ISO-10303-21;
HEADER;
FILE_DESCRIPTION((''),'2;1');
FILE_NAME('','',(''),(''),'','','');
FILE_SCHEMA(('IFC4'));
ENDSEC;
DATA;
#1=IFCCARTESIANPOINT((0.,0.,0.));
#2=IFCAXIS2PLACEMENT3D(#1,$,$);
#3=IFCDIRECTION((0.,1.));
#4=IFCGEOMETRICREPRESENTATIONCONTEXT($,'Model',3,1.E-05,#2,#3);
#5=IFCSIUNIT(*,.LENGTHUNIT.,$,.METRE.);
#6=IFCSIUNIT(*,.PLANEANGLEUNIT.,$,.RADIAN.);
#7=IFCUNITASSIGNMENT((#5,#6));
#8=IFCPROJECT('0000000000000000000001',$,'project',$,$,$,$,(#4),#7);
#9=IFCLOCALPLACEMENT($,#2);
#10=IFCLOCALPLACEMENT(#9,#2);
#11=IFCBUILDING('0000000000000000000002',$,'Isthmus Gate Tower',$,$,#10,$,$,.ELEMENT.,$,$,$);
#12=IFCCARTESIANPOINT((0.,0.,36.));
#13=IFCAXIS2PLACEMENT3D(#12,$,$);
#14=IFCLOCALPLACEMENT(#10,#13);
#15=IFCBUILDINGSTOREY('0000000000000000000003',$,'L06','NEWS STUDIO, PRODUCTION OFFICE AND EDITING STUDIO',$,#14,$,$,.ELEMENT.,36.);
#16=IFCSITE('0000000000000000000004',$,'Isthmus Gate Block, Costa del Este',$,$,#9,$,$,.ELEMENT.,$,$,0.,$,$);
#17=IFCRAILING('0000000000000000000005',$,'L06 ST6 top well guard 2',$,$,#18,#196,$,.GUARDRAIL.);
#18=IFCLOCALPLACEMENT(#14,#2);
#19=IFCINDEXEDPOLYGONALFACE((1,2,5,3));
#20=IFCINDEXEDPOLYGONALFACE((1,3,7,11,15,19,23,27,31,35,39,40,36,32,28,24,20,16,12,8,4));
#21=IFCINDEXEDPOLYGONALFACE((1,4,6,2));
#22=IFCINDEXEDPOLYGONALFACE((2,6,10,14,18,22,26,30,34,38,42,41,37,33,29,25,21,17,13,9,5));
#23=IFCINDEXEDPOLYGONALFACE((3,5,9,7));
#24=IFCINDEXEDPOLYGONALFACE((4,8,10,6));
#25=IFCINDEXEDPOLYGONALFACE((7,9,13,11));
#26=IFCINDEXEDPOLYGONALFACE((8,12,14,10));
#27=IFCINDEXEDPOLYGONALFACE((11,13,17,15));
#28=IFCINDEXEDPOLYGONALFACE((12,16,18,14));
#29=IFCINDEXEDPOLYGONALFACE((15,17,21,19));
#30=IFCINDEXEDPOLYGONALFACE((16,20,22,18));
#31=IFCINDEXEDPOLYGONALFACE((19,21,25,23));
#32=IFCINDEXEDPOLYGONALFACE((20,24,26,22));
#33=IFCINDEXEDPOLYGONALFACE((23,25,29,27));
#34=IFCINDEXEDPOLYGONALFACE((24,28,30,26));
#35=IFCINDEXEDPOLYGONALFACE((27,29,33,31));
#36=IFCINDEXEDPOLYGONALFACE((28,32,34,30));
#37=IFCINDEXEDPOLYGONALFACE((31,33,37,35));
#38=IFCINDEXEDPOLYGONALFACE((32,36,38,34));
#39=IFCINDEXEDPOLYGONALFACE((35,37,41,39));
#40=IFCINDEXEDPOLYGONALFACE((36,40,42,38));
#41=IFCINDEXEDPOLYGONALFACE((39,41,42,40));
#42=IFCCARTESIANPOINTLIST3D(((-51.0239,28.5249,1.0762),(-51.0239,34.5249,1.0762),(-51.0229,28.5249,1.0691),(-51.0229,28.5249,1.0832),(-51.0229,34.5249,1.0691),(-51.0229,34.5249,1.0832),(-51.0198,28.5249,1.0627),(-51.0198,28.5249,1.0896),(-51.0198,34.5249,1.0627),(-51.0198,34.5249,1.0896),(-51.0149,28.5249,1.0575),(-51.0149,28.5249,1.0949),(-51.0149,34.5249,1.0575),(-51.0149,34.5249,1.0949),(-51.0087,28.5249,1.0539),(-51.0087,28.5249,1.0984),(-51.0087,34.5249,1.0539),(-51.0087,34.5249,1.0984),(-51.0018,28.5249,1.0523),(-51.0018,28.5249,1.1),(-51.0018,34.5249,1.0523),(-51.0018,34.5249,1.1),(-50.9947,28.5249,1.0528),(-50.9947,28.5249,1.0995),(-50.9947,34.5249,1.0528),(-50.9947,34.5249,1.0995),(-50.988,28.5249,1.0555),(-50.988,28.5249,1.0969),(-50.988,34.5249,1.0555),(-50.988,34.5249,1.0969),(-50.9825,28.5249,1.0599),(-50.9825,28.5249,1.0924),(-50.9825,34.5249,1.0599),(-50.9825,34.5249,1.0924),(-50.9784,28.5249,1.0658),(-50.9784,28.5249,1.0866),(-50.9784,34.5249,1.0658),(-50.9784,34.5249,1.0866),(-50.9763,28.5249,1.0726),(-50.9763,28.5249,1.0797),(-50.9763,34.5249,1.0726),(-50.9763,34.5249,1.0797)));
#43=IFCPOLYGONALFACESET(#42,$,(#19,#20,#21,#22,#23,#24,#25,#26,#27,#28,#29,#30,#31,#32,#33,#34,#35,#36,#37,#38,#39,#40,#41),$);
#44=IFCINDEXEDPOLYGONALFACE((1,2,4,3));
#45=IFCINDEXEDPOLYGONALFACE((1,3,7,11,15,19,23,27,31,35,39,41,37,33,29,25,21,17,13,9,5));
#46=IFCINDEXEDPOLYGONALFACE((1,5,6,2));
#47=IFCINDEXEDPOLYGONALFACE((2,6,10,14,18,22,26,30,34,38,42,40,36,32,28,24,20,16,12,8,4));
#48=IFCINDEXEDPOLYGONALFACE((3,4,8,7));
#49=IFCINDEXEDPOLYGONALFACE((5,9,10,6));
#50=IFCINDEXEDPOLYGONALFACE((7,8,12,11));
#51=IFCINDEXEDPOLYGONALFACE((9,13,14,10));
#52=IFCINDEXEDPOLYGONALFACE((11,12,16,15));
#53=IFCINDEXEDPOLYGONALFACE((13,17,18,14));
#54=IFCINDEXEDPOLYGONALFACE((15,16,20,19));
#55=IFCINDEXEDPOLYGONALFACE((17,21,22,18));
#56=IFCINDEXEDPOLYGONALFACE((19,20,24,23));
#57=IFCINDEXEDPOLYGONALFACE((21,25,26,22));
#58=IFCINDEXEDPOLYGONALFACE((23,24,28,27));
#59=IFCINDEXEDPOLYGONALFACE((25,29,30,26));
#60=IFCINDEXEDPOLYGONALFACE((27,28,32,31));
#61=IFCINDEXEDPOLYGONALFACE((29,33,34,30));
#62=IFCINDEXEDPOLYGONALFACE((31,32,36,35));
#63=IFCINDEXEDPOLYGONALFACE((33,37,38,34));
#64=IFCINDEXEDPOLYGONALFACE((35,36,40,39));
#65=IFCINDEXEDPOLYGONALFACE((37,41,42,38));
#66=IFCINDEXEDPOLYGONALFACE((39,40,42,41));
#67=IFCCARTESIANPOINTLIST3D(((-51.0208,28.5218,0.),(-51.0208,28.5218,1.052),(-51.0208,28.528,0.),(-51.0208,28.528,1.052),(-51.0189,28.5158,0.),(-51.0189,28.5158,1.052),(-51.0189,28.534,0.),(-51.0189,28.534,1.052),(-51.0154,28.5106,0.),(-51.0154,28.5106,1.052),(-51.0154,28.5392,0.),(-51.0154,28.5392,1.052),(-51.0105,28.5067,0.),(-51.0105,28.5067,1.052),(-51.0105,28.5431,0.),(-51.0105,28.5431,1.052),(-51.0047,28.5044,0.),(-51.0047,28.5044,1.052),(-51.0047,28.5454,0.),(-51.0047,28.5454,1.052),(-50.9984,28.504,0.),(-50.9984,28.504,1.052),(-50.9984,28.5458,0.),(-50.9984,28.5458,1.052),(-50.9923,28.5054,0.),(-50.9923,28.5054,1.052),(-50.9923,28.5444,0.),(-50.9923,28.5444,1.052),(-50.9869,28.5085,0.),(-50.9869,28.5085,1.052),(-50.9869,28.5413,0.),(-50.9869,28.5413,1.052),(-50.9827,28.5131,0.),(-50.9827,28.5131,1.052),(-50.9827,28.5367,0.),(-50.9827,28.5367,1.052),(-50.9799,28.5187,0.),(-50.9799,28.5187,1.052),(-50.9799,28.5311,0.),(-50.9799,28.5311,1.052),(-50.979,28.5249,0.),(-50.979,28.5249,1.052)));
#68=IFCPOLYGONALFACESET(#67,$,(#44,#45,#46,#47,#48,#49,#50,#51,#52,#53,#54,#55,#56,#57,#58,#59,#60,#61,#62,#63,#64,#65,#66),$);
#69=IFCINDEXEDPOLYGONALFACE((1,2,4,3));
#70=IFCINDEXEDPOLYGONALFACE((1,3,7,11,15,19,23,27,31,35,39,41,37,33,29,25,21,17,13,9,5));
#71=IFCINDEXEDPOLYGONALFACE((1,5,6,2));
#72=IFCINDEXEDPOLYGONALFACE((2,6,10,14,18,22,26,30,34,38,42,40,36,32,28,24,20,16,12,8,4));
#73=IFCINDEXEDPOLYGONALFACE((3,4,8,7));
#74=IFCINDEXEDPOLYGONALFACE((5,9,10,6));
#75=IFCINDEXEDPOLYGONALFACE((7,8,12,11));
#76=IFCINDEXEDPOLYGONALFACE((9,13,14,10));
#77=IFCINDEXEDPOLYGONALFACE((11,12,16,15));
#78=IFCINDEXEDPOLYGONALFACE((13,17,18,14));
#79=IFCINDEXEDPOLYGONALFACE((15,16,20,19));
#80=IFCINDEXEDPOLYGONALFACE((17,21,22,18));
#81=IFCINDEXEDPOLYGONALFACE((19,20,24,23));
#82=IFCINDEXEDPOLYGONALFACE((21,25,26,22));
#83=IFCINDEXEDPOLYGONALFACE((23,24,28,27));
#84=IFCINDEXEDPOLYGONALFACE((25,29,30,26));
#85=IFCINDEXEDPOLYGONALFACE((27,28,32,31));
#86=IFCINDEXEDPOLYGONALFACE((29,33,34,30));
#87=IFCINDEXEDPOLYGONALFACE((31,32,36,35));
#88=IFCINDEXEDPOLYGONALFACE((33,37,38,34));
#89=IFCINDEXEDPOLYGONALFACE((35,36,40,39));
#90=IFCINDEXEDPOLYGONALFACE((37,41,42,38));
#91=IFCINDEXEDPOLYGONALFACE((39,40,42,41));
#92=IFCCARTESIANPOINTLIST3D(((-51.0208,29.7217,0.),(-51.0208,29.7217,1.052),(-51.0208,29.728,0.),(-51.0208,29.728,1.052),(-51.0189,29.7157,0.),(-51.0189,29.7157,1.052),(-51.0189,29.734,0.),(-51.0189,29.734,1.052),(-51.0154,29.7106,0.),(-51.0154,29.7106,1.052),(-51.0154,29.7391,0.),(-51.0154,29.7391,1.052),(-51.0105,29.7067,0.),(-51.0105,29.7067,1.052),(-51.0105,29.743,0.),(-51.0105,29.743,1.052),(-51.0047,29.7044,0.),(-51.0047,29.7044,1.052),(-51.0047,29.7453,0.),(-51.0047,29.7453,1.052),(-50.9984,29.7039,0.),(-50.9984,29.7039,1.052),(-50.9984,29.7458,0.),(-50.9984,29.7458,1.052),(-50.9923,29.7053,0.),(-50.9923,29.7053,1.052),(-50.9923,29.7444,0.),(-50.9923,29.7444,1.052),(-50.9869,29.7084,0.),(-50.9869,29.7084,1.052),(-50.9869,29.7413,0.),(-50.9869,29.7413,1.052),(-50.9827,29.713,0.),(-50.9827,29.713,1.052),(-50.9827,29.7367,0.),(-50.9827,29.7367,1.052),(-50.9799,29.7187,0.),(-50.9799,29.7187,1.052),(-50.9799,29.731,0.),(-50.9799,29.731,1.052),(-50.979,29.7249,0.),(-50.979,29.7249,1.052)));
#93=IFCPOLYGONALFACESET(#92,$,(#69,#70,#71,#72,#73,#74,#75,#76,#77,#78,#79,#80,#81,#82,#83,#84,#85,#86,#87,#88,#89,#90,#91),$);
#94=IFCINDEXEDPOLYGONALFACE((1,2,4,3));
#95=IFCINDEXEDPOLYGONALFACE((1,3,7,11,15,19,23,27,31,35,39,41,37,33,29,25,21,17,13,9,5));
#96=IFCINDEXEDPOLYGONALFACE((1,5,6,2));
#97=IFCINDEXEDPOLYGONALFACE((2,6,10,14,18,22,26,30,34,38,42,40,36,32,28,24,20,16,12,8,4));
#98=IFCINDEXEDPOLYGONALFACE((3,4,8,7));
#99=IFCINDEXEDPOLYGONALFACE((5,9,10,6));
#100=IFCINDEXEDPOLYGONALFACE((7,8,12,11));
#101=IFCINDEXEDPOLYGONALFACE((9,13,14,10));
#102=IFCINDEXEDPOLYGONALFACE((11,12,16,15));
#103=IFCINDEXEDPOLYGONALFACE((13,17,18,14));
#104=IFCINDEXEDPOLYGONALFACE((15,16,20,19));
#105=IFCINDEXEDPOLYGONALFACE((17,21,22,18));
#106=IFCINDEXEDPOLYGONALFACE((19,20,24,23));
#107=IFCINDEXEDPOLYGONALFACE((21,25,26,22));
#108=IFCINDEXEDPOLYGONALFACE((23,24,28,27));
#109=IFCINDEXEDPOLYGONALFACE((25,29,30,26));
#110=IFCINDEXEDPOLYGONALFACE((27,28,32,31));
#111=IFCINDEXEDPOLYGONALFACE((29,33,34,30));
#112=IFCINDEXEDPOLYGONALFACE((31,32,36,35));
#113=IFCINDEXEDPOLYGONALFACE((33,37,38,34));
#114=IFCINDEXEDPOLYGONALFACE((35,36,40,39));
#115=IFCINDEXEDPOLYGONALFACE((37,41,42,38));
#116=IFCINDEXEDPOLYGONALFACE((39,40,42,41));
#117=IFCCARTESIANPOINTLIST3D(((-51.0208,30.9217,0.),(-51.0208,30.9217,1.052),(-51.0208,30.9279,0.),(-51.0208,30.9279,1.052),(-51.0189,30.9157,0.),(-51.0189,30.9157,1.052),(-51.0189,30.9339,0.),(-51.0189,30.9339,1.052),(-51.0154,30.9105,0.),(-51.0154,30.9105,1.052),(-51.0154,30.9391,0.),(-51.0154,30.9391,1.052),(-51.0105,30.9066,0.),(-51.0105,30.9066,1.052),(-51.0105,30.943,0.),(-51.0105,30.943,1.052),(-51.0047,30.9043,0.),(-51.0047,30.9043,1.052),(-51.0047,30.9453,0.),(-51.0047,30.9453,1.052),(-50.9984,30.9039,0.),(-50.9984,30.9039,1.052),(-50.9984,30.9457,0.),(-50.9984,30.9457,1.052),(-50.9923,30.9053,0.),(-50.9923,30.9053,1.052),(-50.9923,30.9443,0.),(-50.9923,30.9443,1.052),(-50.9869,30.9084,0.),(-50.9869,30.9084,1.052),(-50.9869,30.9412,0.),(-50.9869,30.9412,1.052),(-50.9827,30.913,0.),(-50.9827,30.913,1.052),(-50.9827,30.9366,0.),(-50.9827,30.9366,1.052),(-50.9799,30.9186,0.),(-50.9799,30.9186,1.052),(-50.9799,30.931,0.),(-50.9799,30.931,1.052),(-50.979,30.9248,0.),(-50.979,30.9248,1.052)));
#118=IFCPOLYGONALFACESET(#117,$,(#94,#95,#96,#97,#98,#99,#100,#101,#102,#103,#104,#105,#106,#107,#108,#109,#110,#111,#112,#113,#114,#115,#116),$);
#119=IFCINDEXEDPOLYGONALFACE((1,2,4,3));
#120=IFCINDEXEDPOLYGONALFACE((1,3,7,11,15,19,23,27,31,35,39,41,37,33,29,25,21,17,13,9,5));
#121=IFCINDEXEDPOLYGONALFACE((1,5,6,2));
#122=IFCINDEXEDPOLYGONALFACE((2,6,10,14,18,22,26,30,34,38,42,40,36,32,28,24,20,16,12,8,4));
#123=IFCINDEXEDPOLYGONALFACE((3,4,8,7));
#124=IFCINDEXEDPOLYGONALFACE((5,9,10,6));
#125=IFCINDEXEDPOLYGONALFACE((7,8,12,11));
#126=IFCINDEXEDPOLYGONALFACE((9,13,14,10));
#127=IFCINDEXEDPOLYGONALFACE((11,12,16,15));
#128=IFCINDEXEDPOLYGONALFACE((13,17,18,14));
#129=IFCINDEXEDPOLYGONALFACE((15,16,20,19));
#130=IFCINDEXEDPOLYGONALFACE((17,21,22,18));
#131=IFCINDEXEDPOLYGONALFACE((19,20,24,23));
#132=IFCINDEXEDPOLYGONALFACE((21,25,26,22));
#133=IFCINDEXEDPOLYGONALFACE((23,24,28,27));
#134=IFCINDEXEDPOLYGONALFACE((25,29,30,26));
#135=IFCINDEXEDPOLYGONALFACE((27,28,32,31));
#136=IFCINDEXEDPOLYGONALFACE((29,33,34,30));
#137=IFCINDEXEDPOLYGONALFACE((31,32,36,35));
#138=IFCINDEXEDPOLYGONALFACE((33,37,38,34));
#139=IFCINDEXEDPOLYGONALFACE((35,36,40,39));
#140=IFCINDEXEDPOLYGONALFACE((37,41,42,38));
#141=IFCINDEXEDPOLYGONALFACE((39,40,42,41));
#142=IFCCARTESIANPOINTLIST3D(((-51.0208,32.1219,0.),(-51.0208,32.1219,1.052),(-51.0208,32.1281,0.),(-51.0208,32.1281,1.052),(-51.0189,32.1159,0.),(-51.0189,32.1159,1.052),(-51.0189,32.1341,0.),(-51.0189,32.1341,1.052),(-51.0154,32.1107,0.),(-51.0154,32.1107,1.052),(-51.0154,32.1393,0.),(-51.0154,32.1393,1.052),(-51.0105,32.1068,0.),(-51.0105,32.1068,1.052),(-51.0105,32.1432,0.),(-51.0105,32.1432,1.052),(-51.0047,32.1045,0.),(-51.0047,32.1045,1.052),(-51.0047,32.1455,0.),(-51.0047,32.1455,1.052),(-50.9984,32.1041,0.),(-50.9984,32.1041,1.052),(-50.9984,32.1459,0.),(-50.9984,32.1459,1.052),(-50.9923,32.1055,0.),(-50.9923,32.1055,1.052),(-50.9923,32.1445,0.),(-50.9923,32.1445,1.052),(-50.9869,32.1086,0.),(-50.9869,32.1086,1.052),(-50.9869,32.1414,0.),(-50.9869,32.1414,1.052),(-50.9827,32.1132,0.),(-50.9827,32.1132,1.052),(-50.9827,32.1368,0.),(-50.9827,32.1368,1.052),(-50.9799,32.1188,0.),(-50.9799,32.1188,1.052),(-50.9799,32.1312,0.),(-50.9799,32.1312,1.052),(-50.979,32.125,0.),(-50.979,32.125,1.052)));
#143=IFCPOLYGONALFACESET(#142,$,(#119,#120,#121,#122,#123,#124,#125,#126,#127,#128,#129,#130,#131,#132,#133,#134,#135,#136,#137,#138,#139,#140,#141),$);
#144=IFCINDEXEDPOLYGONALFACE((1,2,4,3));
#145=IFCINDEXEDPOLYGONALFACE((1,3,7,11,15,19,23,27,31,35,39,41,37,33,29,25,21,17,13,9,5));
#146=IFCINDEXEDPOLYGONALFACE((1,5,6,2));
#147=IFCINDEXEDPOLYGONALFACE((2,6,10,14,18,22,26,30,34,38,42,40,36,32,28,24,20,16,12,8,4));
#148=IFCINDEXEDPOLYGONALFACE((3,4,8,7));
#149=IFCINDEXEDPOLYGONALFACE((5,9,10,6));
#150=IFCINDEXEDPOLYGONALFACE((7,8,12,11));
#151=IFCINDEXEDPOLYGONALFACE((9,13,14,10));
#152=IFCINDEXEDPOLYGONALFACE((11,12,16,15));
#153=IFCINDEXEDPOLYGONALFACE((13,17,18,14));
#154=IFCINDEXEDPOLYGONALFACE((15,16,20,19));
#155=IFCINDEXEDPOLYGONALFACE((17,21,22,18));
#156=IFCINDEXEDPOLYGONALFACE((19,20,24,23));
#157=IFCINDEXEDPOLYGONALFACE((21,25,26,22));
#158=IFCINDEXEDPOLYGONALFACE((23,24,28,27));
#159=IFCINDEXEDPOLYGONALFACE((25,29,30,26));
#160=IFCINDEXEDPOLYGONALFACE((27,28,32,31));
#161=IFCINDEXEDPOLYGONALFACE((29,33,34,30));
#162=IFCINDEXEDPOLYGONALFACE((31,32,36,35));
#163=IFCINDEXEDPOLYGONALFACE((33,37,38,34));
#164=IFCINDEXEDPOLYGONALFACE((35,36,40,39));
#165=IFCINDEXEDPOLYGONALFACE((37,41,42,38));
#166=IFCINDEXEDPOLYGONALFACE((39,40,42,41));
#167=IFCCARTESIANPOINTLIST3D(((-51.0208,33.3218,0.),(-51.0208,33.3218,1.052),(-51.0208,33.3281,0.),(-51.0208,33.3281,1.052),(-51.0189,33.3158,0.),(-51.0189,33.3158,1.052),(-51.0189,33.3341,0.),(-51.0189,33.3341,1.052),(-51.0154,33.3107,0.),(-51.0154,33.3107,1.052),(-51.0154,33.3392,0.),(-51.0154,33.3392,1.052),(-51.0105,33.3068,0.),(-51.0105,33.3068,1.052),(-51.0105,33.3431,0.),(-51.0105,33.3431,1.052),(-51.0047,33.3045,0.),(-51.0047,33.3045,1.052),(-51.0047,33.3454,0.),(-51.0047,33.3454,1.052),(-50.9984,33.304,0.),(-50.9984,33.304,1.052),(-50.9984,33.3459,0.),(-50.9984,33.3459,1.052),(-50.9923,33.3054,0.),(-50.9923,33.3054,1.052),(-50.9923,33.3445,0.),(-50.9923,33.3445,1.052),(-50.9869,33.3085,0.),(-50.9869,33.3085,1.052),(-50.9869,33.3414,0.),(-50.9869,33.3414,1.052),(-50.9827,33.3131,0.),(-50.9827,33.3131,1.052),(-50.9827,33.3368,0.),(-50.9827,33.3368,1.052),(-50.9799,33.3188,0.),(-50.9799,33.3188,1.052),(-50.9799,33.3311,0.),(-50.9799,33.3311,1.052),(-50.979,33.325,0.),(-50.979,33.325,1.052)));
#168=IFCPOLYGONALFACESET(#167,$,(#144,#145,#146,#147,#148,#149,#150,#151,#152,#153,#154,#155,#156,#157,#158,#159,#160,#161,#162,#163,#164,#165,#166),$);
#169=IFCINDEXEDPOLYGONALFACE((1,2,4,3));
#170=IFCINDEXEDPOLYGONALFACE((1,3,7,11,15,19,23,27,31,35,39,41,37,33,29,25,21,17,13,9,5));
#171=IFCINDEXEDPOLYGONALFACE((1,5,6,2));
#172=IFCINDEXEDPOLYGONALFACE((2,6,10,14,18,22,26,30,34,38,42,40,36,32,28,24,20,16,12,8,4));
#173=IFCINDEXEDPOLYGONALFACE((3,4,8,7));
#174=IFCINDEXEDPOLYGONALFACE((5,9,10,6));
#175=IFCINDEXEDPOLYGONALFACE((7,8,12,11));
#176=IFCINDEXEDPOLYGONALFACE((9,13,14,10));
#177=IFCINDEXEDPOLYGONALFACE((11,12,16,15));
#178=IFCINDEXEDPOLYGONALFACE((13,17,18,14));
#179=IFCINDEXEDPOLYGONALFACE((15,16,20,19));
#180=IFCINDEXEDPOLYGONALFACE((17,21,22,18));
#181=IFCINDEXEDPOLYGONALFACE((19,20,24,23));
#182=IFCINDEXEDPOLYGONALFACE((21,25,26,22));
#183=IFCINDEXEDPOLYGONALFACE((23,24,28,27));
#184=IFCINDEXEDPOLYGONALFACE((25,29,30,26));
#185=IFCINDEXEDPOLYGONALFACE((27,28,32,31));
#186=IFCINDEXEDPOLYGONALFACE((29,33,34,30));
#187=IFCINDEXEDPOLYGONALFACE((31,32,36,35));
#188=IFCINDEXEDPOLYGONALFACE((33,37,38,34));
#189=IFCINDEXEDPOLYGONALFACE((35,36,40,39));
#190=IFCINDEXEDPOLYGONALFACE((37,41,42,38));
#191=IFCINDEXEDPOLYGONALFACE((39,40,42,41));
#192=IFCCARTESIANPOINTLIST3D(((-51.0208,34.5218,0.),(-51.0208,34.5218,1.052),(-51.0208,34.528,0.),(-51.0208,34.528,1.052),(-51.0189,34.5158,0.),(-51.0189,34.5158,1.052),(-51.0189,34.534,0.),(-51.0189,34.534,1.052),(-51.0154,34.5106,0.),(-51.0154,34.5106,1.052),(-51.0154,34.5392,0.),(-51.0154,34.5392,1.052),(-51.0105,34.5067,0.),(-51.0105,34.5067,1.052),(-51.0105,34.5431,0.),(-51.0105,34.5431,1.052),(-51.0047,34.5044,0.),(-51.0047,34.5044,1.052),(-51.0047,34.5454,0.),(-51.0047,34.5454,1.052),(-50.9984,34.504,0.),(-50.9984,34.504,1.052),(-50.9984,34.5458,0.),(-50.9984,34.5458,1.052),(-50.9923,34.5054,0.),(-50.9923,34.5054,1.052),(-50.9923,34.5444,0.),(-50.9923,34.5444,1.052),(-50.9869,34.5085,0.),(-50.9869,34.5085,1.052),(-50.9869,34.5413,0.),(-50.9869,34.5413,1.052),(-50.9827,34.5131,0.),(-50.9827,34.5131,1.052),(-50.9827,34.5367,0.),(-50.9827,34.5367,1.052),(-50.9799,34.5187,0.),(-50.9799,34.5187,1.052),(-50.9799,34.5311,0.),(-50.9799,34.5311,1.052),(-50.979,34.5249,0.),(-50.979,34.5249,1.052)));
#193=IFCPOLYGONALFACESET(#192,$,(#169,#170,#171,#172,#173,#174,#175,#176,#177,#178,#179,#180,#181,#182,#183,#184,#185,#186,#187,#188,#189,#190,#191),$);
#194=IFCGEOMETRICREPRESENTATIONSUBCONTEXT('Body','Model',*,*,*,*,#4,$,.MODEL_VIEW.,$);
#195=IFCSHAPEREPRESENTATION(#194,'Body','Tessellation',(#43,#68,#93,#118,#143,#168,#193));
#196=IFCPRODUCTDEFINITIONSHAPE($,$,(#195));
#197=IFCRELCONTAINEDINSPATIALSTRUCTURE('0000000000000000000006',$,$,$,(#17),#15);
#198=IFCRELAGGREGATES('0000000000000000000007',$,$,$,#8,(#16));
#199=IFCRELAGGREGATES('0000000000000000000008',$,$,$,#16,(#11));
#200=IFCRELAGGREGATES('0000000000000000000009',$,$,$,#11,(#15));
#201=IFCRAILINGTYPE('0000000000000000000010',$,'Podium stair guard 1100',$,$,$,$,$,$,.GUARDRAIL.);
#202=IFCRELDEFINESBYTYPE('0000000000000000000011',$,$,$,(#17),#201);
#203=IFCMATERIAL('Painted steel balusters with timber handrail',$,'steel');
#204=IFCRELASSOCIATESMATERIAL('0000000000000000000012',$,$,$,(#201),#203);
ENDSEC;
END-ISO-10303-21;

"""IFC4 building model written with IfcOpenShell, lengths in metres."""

from ifc_helpers import new_model, si_unit, direction, frame, origin, origin_2d, place, context, subcontext, project, spatial, circle, extrude, material, type_object, element, save


model = new_model("IFC4")

# Units and contexts
model_context = context("Model", 3, precision=1e-05, world=origin(), true_north=direction((0.0, 1.0)))
body_context = subcontext(model_context, "Body", "Model", "MODEL_VIEW")
ifc_project = project(units=[si_unit("LENGTHUNIT", "METRE"), si_unit("PLANEANGLEUNIT", "RADIAN")], contexts=[model_context])

# Site, building, storey
site_placement = place(None, origin())
site = spatial("IfcSite", under=ifc_project, at=site_placement, Name="Isthmus Gate Block, Costa del Este", CompositionType="ELEMENT", RefElevation=0.0)
building_placement = place(site_placement, origin())
building = spatial("IfcBuilding", under=site, at=building_placement, Name="Isthmus Gate Tower", CompositionType="ELEMENT")
storey_placement = place(building_placement, frame((0.0, 0.0, 36.0)))
storey = spatial("IfcBuildingStorey", under=building, at=storey_placement, Name="L06", Description="NEWS STUDIO, PRODUCTION OFFICE AND EDITING STUDIO", CompositionType="ELEMENT", Elevation=36.0)

# Railing
ifc_material_1 = material(Name="Painted steel balusters with timber handrail", Category="steel")
railing_type_1 = type_object("IfcRailingType", Name="Podium stair guard 1100", PredefinedType="GUARDRAIL", material=ifc_material_1)
railing_1_placement = place(storey_placement, frame((-51.0, 28.5249, 0.0)))
element("IfcRailing", 1, at=railing_1_placement, inside=storey, type_object=railing_type_1, Name="L06 ST6 top well guard 2", PredefinedType="GUARDRAIL", context=body_context, shape_type="SweptSolid", body=[
    extrude(circle(Radius=0.0239, at=origin_2d()), frame((0.0, 0.0, 1.0762), z_axis=(0.0, 1.0, 0.0), x_axis=(-1.0, 0.0, 0.0)), (0.0, 0.0, 1.0), 6.0),
    extrude(circle(Radius=0.021, at=origin_2d()), origin(), (0.0, 0.0, 1.0), 1.052),
    extrude(circle(Radius=0.021, at=origin_2d()), frame((0.0, 1.2, 0.0)), (0.0, 0.0, 1.0), 1.052),
    extrude(circle(Radius=0.021, at=origin_2d()), frame((0.0, 2.3999, 0.0)), (0.0, 0.0, 1.0), 1.052),
    extrude(circle(Radius=0.021, at=origin_2d()), frame((0.0, 3.6001, 0.0)), (0.0, 0.0, 1.0), 1.052),
    extrude(circle(Radius=0.021, at=origin_2d()), frame((0.0, 4.8, 0.0)), (0.0, 0.0, 1.0), 1.052),
    extrude(circle(Radius=0.021, at=origin_2d()), frame((0.0, 6.0, 0.0)), (0.0, 0.0, 1.0), 1.052),
])

save(model, "model.ifc")
